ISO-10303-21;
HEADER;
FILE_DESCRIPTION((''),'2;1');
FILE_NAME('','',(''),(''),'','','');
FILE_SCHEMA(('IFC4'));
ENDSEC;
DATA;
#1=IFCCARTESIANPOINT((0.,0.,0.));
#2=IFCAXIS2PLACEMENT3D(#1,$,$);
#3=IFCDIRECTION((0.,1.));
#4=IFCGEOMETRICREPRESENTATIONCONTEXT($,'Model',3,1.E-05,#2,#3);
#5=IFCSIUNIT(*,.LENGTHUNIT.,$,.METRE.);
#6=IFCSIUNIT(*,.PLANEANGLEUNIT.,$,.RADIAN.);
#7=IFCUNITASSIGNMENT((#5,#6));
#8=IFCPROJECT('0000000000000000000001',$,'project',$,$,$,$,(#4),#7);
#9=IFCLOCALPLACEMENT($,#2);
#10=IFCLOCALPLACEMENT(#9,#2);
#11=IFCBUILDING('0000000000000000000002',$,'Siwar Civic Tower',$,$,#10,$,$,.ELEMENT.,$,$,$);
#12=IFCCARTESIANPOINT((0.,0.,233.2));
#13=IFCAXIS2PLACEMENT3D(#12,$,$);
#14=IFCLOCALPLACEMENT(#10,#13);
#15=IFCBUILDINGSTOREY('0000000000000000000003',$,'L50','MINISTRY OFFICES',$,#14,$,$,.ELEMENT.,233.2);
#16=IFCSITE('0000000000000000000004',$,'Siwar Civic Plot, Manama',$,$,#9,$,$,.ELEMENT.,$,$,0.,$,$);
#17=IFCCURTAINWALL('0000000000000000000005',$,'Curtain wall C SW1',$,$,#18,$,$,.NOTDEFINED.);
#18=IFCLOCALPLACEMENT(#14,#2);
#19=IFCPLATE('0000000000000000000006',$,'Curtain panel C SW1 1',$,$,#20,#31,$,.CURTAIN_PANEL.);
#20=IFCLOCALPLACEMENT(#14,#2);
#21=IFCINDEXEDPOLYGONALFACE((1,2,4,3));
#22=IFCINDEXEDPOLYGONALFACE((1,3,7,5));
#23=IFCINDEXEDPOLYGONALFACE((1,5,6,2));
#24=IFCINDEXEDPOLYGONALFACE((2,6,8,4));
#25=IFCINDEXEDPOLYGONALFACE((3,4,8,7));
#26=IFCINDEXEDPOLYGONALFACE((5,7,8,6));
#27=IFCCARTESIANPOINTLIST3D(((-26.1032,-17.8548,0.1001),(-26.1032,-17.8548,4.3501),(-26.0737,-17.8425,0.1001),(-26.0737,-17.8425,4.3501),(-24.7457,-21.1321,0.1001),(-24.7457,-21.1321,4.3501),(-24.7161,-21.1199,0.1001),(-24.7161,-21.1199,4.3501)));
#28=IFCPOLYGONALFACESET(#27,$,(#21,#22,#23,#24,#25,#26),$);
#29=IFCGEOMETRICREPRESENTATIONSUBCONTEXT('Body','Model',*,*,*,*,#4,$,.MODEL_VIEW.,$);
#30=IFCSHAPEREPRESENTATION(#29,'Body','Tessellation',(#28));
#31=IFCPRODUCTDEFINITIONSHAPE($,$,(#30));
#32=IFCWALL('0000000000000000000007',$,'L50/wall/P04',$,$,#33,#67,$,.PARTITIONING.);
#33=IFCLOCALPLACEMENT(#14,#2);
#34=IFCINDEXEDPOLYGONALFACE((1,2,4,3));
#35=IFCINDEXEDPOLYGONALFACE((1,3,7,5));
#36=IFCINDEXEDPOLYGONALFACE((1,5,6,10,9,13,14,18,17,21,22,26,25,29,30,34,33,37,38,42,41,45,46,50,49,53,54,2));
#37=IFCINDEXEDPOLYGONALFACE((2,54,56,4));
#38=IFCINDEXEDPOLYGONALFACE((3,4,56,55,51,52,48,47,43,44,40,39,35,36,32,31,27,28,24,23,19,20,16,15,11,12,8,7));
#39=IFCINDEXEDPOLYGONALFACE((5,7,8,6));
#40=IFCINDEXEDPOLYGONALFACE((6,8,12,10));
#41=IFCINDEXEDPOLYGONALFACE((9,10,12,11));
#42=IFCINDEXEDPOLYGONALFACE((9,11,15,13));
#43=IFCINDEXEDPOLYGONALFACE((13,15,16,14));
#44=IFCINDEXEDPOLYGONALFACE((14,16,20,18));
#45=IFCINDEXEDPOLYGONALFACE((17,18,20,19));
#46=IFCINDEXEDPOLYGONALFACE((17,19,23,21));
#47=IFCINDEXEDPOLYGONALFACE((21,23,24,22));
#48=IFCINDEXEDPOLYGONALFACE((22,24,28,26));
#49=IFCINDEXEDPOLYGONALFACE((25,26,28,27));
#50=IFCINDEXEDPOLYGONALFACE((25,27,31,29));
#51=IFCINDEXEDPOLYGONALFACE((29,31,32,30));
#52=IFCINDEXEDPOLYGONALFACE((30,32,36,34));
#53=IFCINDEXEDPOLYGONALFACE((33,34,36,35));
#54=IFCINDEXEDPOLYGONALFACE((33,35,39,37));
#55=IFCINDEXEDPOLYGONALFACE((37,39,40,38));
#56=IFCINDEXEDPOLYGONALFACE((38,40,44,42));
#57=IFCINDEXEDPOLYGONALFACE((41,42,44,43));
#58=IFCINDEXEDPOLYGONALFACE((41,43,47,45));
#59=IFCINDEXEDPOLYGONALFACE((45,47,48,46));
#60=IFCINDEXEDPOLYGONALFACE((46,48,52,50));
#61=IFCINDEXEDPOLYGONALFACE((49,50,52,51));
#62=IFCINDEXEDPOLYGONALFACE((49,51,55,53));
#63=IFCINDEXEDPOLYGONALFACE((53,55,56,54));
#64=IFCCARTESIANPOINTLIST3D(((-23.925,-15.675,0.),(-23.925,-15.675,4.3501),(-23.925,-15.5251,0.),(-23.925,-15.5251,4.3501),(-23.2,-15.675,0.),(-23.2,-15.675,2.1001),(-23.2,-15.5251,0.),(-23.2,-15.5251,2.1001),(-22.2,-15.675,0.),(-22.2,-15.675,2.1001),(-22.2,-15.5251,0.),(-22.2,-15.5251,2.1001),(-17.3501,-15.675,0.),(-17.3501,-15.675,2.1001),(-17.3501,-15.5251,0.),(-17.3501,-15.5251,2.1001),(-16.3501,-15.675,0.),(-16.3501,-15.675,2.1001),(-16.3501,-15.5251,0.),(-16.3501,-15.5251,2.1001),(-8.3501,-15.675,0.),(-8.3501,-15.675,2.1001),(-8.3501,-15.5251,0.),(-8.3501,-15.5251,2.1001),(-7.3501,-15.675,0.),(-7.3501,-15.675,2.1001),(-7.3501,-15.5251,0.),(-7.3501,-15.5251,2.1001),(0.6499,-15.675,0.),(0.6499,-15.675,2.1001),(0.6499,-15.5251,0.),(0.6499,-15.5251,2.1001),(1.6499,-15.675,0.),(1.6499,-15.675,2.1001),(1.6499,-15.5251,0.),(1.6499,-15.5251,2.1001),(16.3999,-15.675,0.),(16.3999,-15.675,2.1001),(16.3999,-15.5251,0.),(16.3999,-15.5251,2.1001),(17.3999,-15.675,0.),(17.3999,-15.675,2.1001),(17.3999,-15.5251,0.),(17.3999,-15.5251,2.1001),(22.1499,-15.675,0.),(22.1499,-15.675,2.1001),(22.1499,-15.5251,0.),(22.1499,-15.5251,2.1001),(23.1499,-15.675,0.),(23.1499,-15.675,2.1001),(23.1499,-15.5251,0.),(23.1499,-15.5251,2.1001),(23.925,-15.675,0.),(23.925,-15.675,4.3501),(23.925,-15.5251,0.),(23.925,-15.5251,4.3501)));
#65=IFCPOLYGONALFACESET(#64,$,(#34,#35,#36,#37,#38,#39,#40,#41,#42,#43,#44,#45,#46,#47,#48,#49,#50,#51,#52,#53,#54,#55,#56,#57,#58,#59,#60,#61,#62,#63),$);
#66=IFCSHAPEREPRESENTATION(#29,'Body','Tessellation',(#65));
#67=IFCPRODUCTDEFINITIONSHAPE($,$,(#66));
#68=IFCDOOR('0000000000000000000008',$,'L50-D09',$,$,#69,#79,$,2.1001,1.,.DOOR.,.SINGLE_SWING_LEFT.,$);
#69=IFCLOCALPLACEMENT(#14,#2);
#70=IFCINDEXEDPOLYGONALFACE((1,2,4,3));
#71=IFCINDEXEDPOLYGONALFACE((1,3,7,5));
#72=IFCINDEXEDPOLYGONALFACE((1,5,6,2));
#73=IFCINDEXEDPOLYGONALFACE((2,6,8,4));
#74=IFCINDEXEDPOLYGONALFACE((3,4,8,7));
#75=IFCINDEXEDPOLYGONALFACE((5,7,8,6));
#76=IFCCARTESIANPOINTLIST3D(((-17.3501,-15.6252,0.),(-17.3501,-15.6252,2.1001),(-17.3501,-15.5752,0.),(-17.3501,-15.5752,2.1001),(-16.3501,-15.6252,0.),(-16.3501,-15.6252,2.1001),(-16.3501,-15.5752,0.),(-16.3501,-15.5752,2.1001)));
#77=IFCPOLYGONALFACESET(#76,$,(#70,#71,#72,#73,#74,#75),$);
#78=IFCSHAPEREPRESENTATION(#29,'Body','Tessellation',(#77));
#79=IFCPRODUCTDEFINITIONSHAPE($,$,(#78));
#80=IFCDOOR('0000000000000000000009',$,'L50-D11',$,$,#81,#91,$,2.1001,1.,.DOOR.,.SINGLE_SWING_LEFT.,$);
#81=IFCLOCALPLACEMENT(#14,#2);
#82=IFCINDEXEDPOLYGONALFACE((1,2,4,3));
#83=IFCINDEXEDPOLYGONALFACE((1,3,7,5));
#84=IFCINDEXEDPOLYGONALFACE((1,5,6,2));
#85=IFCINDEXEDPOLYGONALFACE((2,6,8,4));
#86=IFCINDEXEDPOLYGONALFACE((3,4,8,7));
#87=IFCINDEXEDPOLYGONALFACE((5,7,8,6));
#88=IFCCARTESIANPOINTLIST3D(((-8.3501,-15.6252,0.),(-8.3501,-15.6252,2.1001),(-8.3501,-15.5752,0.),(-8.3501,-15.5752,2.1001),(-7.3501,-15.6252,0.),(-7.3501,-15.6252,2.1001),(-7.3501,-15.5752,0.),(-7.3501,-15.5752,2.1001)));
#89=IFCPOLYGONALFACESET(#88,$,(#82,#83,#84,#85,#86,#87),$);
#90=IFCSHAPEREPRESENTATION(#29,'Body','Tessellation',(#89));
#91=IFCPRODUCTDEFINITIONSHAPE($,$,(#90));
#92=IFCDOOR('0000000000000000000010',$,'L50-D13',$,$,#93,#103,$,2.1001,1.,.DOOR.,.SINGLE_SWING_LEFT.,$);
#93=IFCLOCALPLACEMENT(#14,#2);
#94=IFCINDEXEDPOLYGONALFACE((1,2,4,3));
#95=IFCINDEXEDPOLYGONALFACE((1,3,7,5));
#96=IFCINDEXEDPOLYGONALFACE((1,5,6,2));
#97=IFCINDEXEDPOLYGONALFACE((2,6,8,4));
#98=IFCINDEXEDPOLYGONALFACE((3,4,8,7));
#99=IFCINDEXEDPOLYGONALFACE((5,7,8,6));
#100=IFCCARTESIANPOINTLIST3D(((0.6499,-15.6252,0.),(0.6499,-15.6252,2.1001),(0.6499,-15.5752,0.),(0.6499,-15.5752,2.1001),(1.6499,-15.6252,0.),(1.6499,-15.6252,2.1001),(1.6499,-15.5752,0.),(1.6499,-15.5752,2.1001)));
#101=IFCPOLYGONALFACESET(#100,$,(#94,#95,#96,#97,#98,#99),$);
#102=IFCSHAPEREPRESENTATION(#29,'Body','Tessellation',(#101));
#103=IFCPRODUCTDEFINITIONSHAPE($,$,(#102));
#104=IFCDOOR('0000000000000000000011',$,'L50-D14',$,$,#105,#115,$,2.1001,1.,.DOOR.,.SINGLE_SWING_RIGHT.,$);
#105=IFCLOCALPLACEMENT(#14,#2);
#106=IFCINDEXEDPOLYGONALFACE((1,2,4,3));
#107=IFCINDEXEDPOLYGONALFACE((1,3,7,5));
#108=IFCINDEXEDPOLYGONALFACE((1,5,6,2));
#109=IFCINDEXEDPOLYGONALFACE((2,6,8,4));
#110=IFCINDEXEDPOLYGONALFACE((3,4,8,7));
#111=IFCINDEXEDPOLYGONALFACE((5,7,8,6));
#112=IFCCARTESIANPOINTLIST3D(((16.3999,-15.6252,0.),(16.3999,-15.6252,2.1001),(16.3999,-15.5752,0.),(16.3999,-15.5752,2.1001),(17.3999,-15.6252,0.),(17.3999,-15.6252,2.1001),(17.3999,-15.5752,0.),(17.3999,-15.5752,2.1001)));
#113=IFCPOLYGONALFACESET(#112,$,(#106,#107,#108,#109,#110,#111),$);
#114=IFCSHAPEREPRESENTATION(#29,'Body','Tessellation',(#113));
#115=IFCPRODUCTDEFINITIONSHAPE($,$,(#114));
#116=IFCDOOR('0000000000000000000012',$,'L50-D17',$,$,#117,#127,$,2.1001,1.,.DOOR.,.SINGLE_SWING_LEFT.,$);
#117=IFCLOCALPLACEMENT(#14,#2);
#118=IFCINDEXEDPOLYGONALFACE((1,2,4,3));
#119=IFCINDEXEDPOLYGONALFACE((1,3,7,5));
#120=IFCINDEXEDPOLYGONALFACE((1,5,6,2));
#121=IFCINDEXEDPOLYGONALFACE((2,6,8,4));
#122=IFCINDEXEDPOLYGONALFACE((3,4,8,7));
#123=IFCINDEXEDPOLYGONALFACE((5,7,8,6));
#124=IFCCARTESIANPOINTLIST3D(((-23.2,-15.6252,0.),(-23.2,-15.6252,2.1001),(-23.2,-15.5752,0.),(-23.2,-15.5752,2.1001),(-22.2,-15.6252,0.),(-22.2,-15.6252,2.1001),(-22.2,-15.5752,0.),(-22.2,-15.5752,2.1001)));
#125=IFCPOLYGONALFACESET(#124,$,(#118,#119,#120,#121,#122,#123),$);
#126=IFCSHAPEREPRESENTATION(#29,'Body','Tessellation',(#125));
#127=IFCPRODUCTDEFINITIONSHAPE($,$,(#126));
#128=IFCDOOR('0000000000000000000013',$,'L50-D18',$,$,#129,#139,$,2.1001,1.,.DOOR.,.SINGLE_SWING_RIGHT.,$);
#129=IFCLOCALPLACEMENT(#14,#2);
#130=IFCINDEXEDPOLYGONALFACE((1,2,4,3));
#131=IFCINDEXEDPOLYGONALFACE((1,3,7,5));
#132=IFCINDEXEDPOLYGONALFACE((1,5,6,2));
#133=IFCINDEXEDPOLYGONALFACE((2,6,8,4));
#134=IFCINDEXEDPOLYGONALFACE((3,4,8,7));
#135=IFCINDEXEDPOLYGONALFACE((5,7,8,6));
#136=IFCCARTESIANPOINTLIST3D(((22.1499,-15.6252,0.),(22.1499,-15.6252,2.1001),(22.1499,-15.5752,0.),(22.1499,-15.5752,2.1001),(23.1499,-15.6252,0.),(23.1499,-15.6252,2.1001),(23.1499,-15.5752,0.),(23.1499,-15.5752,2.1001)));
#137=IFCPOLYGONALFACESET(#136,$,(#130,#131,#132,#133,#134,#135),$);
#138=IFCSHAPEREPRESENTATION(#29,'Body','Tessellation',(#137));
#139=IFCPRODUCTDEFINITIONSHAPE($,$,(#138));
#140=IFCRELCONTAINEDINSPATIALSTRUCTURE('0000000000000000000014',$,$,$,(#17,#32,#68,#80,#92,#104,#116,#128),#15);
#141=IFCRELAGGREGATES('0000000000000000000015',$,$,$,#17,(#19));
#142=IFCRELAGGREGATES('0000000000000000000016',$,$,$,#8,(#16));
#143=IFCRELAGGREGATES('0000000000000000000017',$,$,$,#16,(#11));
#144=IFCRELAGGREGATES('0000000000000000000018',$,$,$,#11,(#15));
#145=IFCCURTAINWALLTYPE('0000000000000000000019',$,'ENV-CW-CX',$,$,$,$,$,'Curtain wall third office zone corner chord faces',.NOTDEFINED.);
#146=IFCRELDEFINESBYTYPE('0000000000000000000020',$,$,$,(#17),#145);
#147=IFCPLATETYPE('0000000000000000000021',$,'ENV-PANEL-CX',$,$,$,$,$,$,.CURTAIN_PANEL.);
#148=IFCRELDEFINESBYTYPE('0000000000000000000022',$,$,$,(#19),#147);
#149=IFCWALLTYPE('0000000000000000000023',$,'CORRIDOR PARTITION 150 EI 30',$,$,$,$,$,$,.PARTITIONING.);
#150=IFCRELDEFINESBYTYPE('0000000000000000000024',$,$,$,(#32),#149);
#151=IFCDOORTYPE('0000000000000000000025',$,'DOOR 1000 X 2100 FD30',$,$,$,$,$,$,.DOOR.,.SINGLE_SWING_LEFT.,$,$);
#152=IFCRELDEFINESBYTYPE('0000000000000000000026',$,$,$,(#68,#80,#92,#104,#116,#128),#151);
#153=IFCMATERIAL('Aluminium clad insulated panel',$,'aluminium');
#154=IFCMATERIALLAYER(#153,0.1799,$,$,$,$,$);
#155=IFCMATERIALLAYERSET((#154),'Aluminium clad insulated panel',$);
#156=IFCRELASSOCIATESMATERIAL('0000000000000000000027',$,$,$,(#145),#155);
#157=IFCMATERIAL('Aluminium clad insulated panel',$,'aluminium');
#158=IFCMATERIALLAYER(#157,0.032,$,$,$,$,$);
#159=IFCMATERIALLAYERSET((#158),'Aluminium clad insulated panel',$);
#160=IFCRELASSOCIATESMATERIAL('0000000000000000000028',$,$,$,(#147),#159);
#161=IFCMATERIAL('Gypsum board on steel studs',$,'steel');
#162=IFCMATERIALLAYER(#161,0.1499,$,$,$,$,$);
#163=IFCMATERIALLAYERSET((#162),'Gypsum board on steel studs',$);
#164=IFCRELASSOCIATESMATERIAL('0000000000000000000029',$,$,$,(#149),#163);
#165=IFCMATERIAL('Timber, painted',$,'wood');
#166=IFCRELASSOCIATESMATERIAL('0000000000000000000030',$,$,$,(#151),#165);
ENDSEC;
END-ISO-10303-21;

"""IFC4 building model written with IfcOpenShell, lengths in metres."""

from ifc_helpers import new_model, si_unit, direction, frame, frame_2d, origin, origin_2d, place, context, subcontext, project, spatial, rectangle, extrude, material, layer, layer_set, type_object, element, fill, aggregate, save


model = new_model("IFC4")

# Units and contexts
model_context = context("Model", 3, precision=1e-05, world=origin(), true_north=direction((0.0, 1.0)))
body_context = subcontext(model_context, "Body", "Model", "MODEL_VIEW")
ifc_project = project(units=[si_unit("LENGTHUNIT", "METRE"), si_unit("PLANEANGLEUNIT", "RADIAN")], contexts=[model_context])

# Site, building, storey
site_placement = place(None, origin())
site = spatial("IfcSite", under=ifc_project, at=site_placement, Name="Siwar Civic Plot, Manama", CompositionType="ELEMENT", RefElevation=0.0)
building_placement = place(site_placement, origin())
building = spatial("IfcBuilding", under=site, at=building_placement, Name="Siwar Civic Tower", CompositionType="ELEMENT")
storey_placement = place(building_placement, frame((0.0, 0.0, 233.2)))
storey = spatial("IfcBuildingStorey", under=building, at=storey_placement, Name="L50", Description="MINISTRY OFFICES", CompositionType="ELEMENT", Elevation=233.2)

# Curtain wall
ifc_material_1 = material(Name="Aluminium clad insulated panel", Category="aluminium")
ifc_layer_1 = layer(ifc_material_1, 0.1799)
ifc_layer_set_1 = layer_set([ifc_layer_1], Name="Aluminium clad insulated panel")
curtain_wall_type = type_object("IfcCurtainWallType", Name="ENV-CW-CX", ElementType="Curtain wall third office zone corner chord faces", PredefinedType="NOTDEFINED", material=ifc_layer_set_1)
curtain_wall_placement = place(storey_placement, origin())
curtain_wall = element("IfcCurtainWall", 1, at=curtain_wall_placement, inside=storey, type_object=curtain_wall_type, Name="Curtain wall C SW1", PredefinedType="NOTDEFINED")

# Plate
ifc_material_2 = material(Name="Aluminium clad insulated panel", Category="aluminium")
ifc_layer_2 = layer(ifc_material_2, 0.032)
ifc_layer_set_2 = layer_set([ifc_layer_2], Name="Aluminium clad insulated panel")
plate_type = type_object("IfcPlateType", Name="ENV-PANEL-CX", PredefinedType="CURTAIN_PANEL", material=ifc_layer_set_2)
plate_placement = place(storey_placement, frame((-25.4097, -19.4873, 0.1001), z_axis=(0.0, 0.0, 1.0), x_axis=(0.382683, -0.92388, 0.0)))
plate = element("IfcPlate", 2, at=plate_placement, type_object=plate_type, Name="Curtain panel C SW1 1", PredefinedType="CURTAIN_PANEL", context=body_context, shape_type="SweptSolid", body=[
    extrude(rectangle(XDim=3.5474, YDim=0.032, at=origin_2d()), origin(), (0.0, 0.0, 1.0), 4.25),
])
aggregate(curtain_wall, [plate])

# Wall, openings, doors
ifc_material_3 = material(Name="Gypsum board on steel studs", Category="steel")
ifc_layer_3 = layer(ifc_material_3, 0.1499)
ifc_layer_set_3 = layer_set([ifc_layer_3], Name="Gypsum board on steel studs")
wall_type = type_object("IfcWallType", Name="CORRIDOR PARTITION 150 EI 30", PredefinedType="PARTITIONING", material=ifc_layer_set_3)
wall_1_placement = place(storey_placement, frame((-23.925, -15.6001, 0.0), z_axis=(0.0, 0.0, 1.0), x_axis=(1.0, 0.0, 0.0)))
wall_1 = element("IfcWall", 3, at=wall_1_placement, inside=storey, type_object=wall_type, Name="L50/wall/P04", PredefinedType="PARTITIONING", context=body_context, shape_type="SweptSolid", body=[
    extrude(rectangle(XDim=47.8501, YDim=0.1499, at=frame_2d((23.925, 0.0))), origin(), (0.0, 0.0, 1.0), 4.3501),
])
opening_1_placement = place(wall_1_placement, frame((6.575, 0.0, 0.0)))
opening_1 = element("IfcOpeningElement", 4, at=opening_1_placement, cuts=wall_1, PredefinedType="OPENING", context=body_context, shape_type="SweptSolid", body=[
    extrude(rectangle(XDim=1.0, YDim=2.1001, at=frame_2d((0.5, 1.05))), frame((0.0, 0.085, 0.0), z_axis=(0.0, -1.0, 0.0), x_axis=(1.0, 0.0, 0.0)), (0.0, 0.0, 1.0), 0.1699),
])
opening_2_placement = place(wall_1_placement, frame((15.575, 0.0, 0.0)))
opening_2 = element("IfcOpeningElement", 5, at=opening_2_placement, cuts=wall_1, PredefinedType="OPENING", context=body_context, shape_type="SweptSolid", body=[
    extrude(rectangle(XDim=1.0, YDim=2.1001, at=frame_2d((0.5, 1.05))), frame((0.0, 0.085, 0.0), z_axis=(0.0, -1.0, 0.0), x_axis=(1.0, 0.0, 0.0)), (0.0, 0.0, 1.0), 0.1699),
])
opening_3_placement = place(wall_1_placement, frame((24.575, 0.0, 0.0)))
opening_3 = element("IfcOpeningElement", 6, at=opening_3_placement, cuts=wall_1, PredefinedType="OPENING", context=body_context, shape_type="SweptSolid", body=[
    extrude(rectangle(XDim=1.0, YDim=2.1001, at=frame_2d((0.5, 1.05))), frame((0.0, 0.085, 0.0), z_axis=(0.0, -1.0, 0.0), x_axis=(1.0, 0.0, 0.0)), (0.0, 0.0, 1.0), 0.1699),
])
opening_4_placement = place(wall_1_placement, frame((40.325, 0.0, 0.0)))
opening_4 = element("IfcOpeningElement", 7, at=opening_4_placement, cuts=wall_1, PredefinedType="OPENING", context=body_context, shape_type="SweptSolid", body=[
    extrude(rectangle(XDim=1.0, YDim=2.1001, at=frame_2d((0.5, 1.05))), frame((0.0, 0.085, 0.0), z_axis=(0.0, -1.0, 0.0), x_axis=(1.0, 0.0, 0.0)), (0.0, 0.0, 1.0), 0.1699),
])
opening_5_placement = place(wall_1_placement, frame((0.7251, 0.0, 0.0)))
opening_5 = element("IfcOpeningElement", 8, at=opening_5_placement, cuts=wall_1, PredefinedType="OPENING", context=body_context, shape_type="SweptSolid", body=[
    extrude(rectangle(XDim=1.0, YDim=2.1001, at=frame_2d((0.5, 1.05))), frame((0.0, 0.085, 0.0), z_axis=(0.0, -1.0, 0.0), x_axis=(1.0, 0.0, 0.0)), (0.0, 0.0, 1.0), 0.1699),
])
opening_6_placement = place(wall_1_placement, frame((46.075, 0.0, 0.0)))
opening_6 = element("IfcOpeningElement", 9, at=opening_6_placement, cuts=wall_1, PredefinedType="OPENING", context=body_context, shape_type="SweptSolid", body=[
    extrude(rectangle(XDim=1.0, YDim=2.1001, at=frame_2d((0.5, 1.05))), frame((0.0, 0.085, 0.0), z_axis=(0.0, -1.0, 0.0), x_axis=(1.0, 0.0, 0.0)), (0.0, 0.0, 1.0), 0.1699),
])
ifc_material_4 = material(Name="Timber, painted", Category="wood")
door_type = type_object("IfcDoorType", Name="DOOR 1000 X 2100 FD30", OperationType="SINGLE_SWING_LEFT", PredefinedType="DOOR", material=ifc_material_4)
door_1_placement = place(opening_1_placement, origin())
door_1 = element("IfcDoor", 10, at=door_1_placement, inside=storey, type_object=door_type, Name="L50-D09", OperationType="SINGLE_SWING_LEFT", OverallHeight=2.1001, OverallWidth=1.0, PredefinedType="DOOR", context=body_context, shape_type="SweptSolid", body=[
    extrude(rectangle(XDim=1.0, YDim=2.1001, at=frame_2d((0.5, 1.05))), frame((0.0, 0.0249, 0.0), z_axis=(0.0, -1.0, 0.0), x_axis=(1.0, 0.0, 0.0)), (0.0, 0.0, 1.0), 0.05),
])
fill(opening_1, door_1)
door_2_placement = place(opening_2_placement, origin())
door_2 = element("IfcDoor", 11, at=door_2_placement, inside=storey, type_object=door_type, Name="L50-D11", OperationType="SINGLE_SWING_LEFT", OverallHeight=2.1001, OverallWidth=1.0, PredefinedType="DOOR", context=body_context, shape_type="SweptSolid", body=[
    extrude(rectangle(XDim=1.0, YDim=2.1001, at=frame_2d((0.5, 1.05))), frame((0.0, 0.0249, 0.0), z_axis=(0.0, -1.0, 0.0), x_axis=(1.0, 0.0, 0.0)), (0.0, 0.0, 1.0), 0.05),
])
fill(opening_2, door_2)
door_3_placement = place(opening_3_placement, origin())
door_3 = element("IfcDoor", 12, at=door_3_placement, inside=storey, type_object=door_type, Name="L50-D13", OperationType="SINGLE_SWING_LEFT", OverallHeight=2.1001, OverallWidth=1.0, PredefinedType="DOOR", context=body_context, shape_type="SweptSolid", body=[
    extrude(rectangle(XDim=1.0, YDim=2.1001, at=frame_2d((0.5, 1.05))), frame((0.0, 0.0249, 0.0), z_axis=(0.0, -1.0, 0.0), x_axis=(1.0, 0.0, 0.0)), (0.0, 0.0, 1.0), 0.05),
])
fill(opening_3, door_3)
door_4_placement = place(opening_4_placement, origin())
door_4 = element("IfcDoor", 13, at=door_4_placement, inside=storey, type_object=door_type, Name="L50-D14", OperationType="SINGLE_SWING_RIGHT", OverallHeight=2.1001, OverallWidth=1.0, PredefinedType="DOOR", context=body_context, shape_type="SweptSolid", body=[
    extrude(rectangle(XDim=1.0, YDim=2.1001, at=frame_2d((0.5, 1.05))), frame((0.0, 0.0249, 0.0), z_axis=(0.0, -1.0, 0.0), x_axis=(1.0, 0.0, 0.0)), (0.0, 0.0, 1.0), 0.05),
])
fill(opening_4, door_4)
door_5_placement = place(opening_5_placement, origin())
door_5 = element("IfcDoor", 14, at=door_5_placement, inside=storey, type_object=door_type, Name="L50-D17", OperationType="SINGLE_SWING_LEFT", OverallHeight=2.1001, OverallWidth=1.0, PredefinedType="DOOR", context=body_context, shape_type="SweptSolid", body=[
    extrude(rectangle(XDim=1.0, YDim=2.1001, at=frame_2d((0.5, 1.05))), frame((0.0, 0.0249, 0.0), z_axis=(0.0, -1.0, 0.0), x_axis=(1.0, 0.0, 0.0)), (0.0, 0.0, 1.0), 0.05),
])
fill(opening_5, door_5)
door_6_placement = place(opening_6_placement, origin())
door_6 = element("IfcDoor", 15, at=door_6_placement, inside=storey, type_object=door_type, Name="L50-D18", OperationType="SINGLE_SWING_RIGHT", OverallHeight=2.1001, OverallWidth=1.0, PredefinedType="DOOR", context=body_context, shape_type="SweptSolid", body=[
    extrude(rectangle(XDim=1.0, YDim=2.1001, at=frame_2d((0.5, 1.05))), frame((0.0, 0.0249, 0.0), z_axis=(0.0, -1.0, 0.0), x_axis=(1.0, 0.0, 0.0)), (0.0, 0.0, 1.0), 0.05),
])
fill(opening_6, door_6)

save(model, "model.ifc")
